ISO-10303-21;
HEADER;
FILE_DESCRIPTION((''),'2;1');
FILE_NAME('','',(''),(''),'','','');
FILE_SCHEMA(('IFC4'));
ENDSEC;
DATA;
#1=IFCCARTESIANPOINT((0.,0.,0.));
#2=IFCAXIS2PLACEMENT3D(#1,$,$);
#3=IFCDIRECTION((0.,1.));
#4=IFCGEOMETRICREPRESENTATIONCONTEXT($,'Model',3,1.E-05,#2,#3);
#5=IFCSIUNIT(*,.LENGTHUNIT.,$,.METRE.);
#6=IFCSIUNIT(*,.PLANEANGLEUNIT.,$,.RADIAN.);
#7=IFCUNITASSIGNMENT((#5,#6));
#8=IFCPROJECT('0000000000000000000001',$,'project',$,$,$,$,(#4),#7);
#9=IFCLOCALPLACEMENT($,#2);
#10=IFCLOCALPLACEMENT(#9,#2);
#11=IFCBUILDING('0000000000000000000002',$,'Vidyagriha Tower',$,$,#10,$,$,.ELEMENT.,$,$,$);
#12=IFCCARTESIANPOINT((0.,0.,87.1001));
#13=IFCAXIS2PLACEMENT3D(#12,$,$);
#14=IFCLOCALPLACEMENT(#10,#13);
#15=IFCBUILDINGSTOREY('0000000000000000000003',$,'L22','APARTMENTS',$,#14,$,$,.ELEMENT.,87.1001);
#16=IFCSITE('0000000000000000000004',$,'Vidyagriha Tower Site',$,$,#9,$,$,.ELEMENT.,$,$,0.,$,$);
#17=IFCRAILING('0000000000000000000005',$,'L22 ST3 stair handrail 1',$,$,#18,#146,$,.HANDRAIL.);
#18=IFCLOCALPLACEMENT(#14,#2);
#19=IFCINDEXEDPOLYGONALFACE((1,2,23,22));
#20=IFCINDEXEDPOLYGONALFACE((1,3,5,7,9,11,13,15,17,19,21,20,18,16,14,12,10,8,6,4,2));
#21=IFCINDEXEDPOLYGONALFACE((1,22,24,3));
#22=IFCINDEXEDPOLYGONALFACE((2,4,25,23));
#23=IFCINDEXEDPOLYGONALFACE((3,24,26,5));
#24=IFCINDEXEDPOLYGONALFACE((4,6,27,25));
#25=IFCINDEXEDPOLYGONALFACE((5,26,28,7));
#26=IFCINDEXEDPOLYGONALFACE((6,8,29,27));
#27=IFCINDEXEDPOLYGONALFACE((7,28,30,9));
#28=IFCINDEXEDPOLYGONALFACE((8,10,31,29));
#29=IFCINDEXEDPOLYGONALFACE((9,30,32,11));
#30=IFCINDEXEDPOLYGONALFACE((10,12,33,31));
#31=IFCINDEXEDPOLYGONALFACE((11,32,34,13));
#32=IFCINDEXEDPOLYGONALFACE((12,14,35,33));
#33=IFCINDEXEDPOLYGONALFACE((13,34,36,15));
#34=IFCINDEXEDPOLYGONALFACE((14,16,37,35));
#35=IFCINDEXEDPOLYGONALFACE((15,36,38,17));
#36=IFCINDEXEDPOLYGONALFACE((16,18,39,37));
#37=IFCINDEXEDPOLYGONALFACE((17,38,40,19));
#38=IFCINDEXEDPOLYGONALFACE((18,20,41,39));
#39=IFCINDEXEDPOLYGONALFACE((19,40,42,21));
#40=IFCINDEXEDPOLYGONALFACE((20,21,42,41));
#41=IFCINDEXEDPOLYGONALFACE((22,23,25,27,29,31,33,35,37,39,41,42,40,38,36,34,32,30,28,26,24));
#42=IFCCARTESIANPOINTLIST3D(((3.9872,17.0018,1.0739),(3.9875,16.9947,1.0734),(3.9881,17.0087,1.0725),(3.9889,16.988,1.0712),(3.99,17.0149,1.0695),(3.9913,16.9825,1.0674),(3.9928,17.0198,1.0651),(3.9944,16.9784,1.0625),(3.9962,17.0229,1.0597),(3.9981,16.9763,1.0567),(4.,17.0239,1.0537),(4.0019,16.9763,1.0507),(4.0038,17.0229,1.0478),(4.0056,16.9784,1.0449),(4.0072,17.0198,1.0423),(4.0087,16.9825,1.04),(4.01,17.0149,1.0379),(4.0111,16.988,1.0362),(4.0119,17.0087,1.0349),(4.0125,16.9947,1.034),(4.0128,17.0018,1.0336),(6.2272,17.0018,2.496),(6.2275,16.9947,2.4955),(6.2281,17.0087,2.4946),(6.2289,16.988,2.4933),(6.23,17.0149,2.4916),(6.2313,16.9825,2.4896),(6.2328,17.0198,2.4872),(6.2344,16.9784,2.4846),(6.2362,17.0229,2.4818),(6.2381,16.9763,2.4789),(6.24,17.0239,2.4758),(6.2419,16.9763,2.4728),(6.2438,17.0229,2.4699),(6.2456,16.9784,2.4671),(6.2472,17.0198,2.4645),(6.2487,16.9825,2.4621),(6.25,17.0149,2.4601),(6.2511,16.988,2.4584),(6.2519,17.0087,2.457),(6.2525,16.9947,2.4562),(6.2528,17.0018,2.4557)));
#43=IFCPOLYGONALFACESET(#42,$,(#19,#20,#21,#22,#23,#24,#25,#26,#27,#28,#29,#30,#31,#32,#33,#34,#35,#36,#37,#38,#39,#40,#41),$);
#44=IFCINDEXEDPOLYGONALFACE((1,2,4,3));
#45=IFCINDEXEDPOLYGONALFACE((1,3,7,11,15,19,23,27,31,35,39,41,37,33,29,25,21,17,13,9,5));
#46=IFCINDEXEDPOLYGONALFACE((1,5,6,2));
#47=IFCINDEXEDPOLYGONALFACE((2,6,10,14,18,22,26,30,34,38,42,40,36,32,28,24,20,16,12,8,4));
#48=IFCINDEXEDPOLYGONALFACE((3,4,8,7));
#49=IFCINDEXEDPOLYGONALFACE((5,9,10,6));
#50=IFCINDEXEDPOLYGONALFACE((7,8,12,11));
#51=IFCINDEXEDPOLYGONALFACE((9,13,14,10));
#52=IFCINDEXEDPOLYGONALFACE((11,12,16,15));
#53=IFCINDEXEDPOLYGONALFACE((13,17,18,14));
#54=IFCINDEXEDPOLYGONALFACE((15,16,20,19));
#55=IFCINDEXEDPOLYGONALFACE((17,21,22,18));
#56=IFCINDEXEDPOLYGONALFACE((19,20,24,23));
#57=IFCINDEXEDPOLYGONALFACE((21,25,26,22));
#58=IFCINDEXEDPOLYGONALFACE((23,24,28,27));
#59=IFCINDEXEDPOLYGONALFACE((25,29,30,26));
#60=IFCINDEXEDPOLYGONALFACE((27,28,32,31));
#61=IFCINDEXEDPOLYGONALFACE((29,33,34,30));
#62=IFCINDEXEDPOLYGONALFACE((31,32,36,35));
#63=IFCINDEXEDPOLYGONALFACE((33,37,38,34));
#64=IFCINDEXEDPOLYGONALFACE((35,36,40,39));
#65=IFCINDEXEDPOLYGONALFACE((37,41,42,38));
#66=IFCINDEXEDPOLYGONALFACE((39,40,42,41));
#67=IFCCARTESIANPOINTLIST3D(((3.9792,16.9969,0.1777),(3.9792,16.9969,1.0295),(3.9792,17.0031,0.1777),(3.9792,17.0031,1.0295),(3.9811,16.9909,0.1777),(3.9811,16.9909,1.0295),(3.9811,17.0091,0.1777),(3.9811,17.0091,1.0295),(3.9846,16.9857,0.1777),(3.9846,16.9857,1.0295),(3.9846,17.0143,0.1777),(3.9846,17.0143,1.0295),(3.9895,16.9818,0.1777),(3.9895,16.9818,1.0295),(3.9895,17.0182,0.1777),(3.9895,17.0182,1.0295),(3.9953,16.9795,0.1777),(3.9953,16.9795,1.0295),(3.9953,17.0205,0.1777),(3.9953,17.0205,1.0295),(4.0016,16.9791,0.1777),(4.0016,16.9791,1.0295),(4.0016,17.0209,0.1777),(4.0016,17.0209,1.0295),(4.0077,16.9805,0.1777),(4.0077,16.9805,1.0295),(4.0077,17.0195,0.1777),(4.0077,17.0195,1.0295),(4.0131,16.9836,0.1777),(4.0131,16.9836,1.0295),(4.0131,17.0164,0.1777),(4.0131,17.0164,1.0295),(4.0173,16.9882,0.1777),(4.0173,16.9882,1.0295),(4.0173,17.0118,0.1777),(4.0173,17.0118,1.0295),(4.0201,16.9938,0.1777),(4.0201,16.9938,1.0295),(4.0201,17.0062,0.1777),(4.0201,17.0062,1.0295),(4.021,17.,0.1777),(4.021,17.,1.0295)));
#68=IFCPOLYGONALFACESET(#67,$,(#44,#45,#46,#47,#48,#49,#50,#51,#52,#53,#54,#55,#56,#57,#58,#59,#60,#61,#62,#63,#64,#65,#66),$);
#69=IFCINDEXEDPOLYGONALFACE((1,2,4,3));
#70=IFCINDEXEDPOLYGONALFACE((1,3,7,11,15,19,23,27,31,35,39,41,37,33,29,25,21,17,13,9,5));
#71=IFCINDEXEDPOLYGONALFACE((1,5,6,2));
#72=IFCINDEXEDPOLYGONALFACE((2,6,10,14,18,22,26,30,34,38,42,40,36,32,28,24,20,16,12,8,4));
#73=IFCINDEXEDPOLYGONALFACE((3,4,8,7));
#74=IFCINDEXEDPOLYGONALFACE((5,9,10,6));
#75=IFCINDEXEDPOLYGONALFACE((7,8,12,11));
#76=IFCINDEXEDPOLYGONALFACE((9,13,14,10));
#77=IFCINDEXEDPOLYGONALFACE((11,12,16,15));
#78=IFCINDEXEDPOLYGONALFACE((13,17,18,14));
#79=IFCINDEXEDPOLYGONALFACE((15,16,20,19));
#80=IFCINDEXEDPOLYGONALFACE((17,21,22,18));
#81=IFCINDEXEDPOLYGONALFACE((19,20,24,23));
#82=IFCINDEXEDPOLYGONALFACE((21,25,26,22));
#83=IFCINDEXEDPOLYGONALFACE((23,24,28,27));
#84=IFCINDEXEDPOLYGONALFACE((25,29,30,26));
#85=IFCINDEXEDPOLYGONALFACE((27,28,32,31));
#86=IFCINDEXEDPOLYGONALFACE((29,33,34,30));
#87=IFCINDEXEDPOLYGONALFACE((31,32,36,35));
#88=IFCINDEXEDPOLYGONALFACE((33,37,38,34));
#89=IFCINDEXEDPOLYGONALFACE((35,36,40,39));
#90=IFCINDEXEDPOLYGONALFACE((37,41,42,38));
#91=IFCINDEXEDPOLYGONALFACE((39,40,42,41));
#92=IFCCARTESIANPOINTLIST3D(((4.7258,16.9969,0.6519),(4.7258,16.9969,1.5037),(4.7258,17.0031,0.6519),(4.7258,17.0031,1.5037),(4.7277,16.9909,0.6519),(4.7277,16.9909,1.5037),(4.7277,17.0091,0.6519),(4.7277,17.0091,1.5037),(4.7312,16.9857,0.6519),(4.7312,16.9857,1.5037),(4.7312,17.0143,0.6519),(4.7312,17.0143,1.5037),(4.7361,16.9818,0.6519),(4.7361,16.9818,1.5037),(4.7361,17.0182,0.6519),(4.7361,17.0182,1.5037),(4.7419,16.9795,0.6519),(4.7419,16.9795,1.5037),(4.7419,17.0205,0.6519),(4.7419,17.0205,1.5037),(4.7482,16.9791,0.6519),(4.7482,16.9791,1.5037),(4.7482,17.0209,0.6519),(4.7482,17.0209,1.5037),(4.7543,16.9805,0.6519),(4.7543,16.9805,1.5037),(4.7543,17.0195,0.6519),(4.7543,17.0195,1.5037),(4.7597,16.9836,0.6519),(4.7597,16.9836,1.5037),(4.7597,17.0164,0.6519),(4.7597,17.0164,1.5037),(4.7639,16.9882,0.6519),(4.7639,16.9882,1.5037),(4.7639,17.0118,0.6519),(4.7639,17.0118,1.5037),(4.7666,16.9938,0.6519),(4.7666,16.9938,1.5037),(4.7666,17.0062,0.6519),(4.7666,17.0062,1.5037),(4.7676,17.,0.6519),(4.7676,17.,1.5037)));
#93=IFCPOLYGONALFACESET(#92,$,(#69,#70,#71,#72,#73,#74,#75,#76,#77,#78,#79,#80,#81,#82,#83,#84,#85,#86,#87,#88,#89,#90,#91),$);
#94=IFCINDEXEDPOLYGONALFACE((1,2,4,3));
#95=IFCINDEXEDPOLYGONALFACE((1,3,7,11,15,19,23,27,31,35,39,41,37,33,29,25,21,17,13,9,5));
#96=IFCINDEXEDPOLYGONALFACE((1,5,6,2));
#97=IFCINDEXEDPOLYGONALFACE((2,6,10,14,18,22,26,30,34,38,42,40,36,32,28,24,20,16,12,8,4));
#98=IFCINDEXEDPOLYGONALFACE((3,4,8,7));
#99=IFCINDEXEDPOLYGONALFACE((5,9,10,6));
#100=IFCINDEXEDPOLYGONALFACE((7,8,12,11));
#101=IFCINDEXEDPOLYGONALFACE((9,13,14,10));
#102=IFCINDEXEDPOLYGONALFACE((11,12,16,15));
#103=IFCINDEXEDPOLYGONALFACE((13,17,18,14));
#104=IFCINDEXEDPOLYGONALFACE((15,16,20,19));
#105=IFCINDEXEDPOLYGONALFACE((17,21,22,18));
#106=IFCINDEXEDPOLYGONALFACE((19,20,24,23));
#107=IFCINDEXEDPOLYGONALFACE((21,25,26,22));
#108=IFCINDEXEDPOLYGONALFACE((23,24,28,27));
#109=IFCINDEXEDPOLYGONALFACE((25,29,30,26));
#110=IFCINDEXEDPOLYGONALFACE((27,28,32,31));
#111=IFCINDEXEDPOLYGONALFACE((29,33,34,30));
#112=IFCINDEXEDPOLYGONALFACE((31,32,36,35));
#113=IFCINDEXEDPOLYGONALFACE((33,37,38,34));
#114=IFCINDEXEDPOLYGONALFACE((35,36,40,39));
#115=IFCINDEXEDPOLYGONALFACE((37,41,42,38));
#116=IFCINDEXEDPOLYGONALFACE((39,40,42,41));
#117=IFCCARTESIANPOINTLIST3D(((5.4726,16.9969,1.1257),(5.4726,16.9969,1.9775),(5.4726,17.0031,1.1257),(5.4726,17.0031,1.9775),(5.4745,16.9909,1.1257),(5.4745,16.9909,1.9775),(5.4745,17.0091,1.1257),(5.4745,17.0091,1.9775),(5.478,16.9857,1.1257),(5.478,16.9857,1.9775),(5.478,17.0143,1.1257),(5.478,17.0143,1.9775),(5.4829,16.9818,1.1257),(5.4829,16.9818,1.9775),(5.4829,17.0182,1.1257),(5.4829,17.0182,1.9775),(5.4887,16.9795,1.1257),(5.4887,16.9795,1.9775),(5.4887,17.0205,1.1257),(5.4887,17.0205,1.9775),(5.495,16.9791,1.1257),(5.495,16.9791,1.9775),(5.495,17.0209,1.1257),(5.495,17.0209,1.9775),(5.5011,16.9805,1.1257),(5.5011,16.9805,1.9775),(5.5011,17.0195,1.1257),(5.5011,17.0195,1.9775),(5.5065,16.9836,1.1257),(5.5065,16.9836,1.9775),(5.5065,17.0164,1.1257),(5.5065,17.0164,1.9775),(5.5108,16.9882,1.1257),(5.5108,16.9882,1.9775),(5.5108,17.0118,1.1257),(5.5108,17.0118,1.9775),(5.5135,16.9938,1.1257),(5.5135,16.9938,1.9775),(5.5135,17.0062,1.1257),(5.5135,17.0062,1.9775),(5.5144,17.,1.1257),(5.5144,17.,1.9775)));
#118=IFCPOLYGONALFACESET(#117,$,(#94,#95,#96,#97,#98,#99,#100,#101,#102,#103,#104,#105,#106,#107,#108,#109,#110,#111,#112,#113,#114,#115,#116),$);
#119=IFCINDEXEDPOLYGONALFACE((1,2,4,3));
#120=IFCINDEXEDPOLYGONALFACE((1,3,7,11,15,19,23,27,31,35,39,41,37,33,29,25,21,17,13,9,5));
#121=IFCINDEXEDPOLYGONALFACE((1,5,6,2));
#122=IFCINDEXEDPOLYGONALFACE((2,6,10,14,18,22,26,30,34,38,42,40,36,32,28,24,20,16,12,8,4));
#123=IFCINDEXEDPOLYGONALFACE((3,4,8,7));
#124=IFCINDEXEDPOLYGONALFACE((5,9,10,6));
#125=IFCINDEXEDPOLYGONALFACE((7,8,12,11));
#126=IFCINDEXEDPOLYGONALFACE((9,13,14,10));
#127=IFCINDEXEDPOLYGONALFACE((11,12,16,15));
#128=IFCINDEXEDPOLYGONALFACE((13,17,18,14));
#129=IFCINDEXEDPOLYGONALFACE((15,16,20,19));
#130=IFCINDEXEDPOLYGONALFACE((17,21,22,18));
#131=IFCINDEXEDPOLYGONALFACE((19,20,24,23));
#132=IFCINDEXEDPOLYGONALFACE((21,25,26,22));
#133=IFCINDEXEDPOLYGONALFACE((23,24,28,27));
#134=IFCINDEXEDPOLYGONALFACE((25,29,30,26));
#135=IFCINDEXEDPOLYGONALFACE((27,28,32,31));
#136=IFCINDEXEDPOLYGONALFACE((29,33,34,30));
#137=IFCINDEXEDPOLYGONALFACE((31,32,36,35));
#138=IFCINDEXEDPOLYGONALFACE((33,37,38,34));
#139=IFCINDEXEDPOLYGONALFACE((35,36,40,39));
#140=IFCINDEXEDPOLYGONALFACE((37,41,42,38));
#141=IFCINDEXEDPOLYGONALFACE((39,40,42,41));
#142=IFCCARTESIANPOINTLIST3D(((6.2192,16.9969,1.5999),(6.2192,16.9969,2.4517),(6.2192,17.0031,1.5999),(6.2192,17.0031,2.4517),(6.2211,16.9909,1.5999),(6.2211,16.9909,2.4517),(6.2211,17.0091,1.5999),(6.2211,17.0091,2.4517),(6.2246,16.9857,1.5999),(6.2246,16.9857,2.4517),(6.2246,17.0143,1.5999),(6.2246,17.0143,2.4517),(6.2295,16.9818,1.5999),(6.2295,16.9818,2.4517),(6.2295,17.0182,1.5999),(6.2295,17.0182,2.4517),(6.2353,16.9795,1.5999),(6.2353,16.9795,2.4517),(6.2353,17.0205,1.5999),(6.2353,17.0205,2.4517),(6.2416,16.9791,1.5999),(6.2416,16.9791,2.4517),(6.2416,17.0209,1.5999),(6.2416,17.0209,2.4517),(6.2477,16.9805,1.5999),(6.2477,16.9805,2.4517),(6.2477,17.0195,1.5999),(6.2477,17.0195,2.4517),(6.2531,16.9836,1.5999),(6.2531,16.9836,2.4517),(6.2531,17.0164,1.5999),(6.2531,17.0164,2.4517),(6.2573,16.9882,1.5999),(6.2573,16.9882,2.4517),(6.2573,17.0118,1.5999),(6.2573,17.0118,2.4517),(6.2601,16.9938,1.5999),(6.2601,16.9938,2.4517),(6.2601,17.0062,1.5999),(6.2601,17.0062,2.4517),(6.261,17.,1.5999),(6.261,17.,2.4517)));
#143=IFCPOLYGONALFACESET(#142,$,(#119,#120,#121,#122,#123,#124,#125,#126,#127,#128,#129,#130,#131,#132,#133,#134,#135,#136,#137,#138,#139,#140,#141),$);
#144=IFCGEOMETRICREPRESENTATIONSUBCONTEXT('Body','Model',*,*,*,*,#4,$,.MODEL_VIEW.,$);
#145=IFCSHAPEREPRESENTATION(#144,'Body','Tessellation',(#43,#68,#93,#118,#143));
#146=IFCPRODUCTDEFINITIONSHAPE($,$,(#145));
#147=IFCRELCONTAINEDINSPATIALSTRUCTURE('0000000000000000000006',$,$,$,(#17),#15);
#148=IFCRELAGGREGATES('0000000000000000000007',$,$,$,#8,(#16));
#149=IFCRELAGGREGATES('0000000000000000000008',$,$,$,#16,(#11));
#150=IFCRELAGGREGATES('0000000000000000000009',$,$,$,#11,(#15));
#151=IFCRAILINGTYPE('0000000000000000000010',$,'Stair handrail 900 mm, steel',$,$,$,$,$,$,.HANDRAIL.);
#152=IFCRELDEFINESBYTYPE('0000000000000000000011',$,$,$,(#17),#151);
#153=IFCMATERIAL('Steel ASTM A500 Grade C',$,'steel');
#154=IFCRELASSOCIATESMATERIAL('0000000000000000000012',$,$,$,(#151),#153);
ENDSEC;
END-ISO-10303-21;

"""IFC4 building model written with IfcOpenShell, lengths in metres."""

from ifc_helpers import new_model, si_unit, direction, frame, origin, origin_2d, place, context, subcontext, project, spatial, circle, extrude, material, type_object, element, save


model = new_model("IFC4")

# Units and contexts
model_context = context("Model", 3, precision=1e-05, world=origin(), true_north=direction((0.0, 1.0)))
body_context = subcontext(model_context, "Body", "Model", "MODEL_VIEW")
ifc_project = project(units=[si_unit("LENGTHUNIT", "METRE"), si_unit("PLANEANGLEUNIT", "RADIAN")], contexts=[model_context])

# Site, building, storey
site_placement = place(None, origin())
site = spatial("IfcSite", under=ifc_project, at=site_placement, Name="Vidyagriha Tower Site", CompositionType="ELEMENT", RefElevation=0.0)
building_placement = place(site_placement, origin())
building = spatial("IfcBuilding", under=site, at=building_placement, Name="Vidyagriha Tower", CompositionType="ELEMENT")
storey_placement = place(building_placement, frame((0.0, 0.0, 87.1001)))
storey = spatial("IfcBuildingStorey", under=building, at=storey_placement, Name="L22", Description="APARTMENTS", CompositionType="ELEMENT", Elevation=87.1001)

# Railing
ifc_material_1 = material(Name="Steel ASTM A500 Grade C", Category="steel")
railing_type_1 = type_object("IfcRailingType", Name="Stair handrail 900 mm, steel", PredefinedType="HANDRAIL", material=ifc_material_1)
railing_1_placement = place(storey_placement, frame((4.0, 17.0, 0.1777)))
element("IfcRailing", 1, at=railing_1_placement, inside=storey, type_object=railing_type_1, Name="L22 ST3 stair handrail 1", PredefinedType="HANDRAIL", context=body_context, shape_type="SweptSolid", body=[
    extrude(circle(Radius=0.0239, at=origin_2d()), frame((0.0, 0.0, 0.876), z_axis=(0.844229, 0.0, 0.535982), x_axis=(0.0, 1.0, 0.0)), (0.0, 0.0, 1.0), 2.6533),
    extrude(circle(Radius=0.021, at=origin_2d()), origin(), (0.0, 0.0, 1.0), 0.8518),
    extrude(circle(Radius=0.021, at=origin_2d()), frame((0.7466, 0.0, 0.4741)), (0.0, 0.0, 1.0), 0.8518),
    extrude(circle(Radius=0.021, at=origin_2d()), frame((1.4934, 0.0, 0.948)), (0.0, 0.0, 1.0), 0.8518),
    extrude(circle(Radius=0.021, at=origin_2d()), frame((2.24, 0.0, 1.4221)), (0.0, 0.0, 1.0), 0.8518),
])

save(model, "model.ifc")
